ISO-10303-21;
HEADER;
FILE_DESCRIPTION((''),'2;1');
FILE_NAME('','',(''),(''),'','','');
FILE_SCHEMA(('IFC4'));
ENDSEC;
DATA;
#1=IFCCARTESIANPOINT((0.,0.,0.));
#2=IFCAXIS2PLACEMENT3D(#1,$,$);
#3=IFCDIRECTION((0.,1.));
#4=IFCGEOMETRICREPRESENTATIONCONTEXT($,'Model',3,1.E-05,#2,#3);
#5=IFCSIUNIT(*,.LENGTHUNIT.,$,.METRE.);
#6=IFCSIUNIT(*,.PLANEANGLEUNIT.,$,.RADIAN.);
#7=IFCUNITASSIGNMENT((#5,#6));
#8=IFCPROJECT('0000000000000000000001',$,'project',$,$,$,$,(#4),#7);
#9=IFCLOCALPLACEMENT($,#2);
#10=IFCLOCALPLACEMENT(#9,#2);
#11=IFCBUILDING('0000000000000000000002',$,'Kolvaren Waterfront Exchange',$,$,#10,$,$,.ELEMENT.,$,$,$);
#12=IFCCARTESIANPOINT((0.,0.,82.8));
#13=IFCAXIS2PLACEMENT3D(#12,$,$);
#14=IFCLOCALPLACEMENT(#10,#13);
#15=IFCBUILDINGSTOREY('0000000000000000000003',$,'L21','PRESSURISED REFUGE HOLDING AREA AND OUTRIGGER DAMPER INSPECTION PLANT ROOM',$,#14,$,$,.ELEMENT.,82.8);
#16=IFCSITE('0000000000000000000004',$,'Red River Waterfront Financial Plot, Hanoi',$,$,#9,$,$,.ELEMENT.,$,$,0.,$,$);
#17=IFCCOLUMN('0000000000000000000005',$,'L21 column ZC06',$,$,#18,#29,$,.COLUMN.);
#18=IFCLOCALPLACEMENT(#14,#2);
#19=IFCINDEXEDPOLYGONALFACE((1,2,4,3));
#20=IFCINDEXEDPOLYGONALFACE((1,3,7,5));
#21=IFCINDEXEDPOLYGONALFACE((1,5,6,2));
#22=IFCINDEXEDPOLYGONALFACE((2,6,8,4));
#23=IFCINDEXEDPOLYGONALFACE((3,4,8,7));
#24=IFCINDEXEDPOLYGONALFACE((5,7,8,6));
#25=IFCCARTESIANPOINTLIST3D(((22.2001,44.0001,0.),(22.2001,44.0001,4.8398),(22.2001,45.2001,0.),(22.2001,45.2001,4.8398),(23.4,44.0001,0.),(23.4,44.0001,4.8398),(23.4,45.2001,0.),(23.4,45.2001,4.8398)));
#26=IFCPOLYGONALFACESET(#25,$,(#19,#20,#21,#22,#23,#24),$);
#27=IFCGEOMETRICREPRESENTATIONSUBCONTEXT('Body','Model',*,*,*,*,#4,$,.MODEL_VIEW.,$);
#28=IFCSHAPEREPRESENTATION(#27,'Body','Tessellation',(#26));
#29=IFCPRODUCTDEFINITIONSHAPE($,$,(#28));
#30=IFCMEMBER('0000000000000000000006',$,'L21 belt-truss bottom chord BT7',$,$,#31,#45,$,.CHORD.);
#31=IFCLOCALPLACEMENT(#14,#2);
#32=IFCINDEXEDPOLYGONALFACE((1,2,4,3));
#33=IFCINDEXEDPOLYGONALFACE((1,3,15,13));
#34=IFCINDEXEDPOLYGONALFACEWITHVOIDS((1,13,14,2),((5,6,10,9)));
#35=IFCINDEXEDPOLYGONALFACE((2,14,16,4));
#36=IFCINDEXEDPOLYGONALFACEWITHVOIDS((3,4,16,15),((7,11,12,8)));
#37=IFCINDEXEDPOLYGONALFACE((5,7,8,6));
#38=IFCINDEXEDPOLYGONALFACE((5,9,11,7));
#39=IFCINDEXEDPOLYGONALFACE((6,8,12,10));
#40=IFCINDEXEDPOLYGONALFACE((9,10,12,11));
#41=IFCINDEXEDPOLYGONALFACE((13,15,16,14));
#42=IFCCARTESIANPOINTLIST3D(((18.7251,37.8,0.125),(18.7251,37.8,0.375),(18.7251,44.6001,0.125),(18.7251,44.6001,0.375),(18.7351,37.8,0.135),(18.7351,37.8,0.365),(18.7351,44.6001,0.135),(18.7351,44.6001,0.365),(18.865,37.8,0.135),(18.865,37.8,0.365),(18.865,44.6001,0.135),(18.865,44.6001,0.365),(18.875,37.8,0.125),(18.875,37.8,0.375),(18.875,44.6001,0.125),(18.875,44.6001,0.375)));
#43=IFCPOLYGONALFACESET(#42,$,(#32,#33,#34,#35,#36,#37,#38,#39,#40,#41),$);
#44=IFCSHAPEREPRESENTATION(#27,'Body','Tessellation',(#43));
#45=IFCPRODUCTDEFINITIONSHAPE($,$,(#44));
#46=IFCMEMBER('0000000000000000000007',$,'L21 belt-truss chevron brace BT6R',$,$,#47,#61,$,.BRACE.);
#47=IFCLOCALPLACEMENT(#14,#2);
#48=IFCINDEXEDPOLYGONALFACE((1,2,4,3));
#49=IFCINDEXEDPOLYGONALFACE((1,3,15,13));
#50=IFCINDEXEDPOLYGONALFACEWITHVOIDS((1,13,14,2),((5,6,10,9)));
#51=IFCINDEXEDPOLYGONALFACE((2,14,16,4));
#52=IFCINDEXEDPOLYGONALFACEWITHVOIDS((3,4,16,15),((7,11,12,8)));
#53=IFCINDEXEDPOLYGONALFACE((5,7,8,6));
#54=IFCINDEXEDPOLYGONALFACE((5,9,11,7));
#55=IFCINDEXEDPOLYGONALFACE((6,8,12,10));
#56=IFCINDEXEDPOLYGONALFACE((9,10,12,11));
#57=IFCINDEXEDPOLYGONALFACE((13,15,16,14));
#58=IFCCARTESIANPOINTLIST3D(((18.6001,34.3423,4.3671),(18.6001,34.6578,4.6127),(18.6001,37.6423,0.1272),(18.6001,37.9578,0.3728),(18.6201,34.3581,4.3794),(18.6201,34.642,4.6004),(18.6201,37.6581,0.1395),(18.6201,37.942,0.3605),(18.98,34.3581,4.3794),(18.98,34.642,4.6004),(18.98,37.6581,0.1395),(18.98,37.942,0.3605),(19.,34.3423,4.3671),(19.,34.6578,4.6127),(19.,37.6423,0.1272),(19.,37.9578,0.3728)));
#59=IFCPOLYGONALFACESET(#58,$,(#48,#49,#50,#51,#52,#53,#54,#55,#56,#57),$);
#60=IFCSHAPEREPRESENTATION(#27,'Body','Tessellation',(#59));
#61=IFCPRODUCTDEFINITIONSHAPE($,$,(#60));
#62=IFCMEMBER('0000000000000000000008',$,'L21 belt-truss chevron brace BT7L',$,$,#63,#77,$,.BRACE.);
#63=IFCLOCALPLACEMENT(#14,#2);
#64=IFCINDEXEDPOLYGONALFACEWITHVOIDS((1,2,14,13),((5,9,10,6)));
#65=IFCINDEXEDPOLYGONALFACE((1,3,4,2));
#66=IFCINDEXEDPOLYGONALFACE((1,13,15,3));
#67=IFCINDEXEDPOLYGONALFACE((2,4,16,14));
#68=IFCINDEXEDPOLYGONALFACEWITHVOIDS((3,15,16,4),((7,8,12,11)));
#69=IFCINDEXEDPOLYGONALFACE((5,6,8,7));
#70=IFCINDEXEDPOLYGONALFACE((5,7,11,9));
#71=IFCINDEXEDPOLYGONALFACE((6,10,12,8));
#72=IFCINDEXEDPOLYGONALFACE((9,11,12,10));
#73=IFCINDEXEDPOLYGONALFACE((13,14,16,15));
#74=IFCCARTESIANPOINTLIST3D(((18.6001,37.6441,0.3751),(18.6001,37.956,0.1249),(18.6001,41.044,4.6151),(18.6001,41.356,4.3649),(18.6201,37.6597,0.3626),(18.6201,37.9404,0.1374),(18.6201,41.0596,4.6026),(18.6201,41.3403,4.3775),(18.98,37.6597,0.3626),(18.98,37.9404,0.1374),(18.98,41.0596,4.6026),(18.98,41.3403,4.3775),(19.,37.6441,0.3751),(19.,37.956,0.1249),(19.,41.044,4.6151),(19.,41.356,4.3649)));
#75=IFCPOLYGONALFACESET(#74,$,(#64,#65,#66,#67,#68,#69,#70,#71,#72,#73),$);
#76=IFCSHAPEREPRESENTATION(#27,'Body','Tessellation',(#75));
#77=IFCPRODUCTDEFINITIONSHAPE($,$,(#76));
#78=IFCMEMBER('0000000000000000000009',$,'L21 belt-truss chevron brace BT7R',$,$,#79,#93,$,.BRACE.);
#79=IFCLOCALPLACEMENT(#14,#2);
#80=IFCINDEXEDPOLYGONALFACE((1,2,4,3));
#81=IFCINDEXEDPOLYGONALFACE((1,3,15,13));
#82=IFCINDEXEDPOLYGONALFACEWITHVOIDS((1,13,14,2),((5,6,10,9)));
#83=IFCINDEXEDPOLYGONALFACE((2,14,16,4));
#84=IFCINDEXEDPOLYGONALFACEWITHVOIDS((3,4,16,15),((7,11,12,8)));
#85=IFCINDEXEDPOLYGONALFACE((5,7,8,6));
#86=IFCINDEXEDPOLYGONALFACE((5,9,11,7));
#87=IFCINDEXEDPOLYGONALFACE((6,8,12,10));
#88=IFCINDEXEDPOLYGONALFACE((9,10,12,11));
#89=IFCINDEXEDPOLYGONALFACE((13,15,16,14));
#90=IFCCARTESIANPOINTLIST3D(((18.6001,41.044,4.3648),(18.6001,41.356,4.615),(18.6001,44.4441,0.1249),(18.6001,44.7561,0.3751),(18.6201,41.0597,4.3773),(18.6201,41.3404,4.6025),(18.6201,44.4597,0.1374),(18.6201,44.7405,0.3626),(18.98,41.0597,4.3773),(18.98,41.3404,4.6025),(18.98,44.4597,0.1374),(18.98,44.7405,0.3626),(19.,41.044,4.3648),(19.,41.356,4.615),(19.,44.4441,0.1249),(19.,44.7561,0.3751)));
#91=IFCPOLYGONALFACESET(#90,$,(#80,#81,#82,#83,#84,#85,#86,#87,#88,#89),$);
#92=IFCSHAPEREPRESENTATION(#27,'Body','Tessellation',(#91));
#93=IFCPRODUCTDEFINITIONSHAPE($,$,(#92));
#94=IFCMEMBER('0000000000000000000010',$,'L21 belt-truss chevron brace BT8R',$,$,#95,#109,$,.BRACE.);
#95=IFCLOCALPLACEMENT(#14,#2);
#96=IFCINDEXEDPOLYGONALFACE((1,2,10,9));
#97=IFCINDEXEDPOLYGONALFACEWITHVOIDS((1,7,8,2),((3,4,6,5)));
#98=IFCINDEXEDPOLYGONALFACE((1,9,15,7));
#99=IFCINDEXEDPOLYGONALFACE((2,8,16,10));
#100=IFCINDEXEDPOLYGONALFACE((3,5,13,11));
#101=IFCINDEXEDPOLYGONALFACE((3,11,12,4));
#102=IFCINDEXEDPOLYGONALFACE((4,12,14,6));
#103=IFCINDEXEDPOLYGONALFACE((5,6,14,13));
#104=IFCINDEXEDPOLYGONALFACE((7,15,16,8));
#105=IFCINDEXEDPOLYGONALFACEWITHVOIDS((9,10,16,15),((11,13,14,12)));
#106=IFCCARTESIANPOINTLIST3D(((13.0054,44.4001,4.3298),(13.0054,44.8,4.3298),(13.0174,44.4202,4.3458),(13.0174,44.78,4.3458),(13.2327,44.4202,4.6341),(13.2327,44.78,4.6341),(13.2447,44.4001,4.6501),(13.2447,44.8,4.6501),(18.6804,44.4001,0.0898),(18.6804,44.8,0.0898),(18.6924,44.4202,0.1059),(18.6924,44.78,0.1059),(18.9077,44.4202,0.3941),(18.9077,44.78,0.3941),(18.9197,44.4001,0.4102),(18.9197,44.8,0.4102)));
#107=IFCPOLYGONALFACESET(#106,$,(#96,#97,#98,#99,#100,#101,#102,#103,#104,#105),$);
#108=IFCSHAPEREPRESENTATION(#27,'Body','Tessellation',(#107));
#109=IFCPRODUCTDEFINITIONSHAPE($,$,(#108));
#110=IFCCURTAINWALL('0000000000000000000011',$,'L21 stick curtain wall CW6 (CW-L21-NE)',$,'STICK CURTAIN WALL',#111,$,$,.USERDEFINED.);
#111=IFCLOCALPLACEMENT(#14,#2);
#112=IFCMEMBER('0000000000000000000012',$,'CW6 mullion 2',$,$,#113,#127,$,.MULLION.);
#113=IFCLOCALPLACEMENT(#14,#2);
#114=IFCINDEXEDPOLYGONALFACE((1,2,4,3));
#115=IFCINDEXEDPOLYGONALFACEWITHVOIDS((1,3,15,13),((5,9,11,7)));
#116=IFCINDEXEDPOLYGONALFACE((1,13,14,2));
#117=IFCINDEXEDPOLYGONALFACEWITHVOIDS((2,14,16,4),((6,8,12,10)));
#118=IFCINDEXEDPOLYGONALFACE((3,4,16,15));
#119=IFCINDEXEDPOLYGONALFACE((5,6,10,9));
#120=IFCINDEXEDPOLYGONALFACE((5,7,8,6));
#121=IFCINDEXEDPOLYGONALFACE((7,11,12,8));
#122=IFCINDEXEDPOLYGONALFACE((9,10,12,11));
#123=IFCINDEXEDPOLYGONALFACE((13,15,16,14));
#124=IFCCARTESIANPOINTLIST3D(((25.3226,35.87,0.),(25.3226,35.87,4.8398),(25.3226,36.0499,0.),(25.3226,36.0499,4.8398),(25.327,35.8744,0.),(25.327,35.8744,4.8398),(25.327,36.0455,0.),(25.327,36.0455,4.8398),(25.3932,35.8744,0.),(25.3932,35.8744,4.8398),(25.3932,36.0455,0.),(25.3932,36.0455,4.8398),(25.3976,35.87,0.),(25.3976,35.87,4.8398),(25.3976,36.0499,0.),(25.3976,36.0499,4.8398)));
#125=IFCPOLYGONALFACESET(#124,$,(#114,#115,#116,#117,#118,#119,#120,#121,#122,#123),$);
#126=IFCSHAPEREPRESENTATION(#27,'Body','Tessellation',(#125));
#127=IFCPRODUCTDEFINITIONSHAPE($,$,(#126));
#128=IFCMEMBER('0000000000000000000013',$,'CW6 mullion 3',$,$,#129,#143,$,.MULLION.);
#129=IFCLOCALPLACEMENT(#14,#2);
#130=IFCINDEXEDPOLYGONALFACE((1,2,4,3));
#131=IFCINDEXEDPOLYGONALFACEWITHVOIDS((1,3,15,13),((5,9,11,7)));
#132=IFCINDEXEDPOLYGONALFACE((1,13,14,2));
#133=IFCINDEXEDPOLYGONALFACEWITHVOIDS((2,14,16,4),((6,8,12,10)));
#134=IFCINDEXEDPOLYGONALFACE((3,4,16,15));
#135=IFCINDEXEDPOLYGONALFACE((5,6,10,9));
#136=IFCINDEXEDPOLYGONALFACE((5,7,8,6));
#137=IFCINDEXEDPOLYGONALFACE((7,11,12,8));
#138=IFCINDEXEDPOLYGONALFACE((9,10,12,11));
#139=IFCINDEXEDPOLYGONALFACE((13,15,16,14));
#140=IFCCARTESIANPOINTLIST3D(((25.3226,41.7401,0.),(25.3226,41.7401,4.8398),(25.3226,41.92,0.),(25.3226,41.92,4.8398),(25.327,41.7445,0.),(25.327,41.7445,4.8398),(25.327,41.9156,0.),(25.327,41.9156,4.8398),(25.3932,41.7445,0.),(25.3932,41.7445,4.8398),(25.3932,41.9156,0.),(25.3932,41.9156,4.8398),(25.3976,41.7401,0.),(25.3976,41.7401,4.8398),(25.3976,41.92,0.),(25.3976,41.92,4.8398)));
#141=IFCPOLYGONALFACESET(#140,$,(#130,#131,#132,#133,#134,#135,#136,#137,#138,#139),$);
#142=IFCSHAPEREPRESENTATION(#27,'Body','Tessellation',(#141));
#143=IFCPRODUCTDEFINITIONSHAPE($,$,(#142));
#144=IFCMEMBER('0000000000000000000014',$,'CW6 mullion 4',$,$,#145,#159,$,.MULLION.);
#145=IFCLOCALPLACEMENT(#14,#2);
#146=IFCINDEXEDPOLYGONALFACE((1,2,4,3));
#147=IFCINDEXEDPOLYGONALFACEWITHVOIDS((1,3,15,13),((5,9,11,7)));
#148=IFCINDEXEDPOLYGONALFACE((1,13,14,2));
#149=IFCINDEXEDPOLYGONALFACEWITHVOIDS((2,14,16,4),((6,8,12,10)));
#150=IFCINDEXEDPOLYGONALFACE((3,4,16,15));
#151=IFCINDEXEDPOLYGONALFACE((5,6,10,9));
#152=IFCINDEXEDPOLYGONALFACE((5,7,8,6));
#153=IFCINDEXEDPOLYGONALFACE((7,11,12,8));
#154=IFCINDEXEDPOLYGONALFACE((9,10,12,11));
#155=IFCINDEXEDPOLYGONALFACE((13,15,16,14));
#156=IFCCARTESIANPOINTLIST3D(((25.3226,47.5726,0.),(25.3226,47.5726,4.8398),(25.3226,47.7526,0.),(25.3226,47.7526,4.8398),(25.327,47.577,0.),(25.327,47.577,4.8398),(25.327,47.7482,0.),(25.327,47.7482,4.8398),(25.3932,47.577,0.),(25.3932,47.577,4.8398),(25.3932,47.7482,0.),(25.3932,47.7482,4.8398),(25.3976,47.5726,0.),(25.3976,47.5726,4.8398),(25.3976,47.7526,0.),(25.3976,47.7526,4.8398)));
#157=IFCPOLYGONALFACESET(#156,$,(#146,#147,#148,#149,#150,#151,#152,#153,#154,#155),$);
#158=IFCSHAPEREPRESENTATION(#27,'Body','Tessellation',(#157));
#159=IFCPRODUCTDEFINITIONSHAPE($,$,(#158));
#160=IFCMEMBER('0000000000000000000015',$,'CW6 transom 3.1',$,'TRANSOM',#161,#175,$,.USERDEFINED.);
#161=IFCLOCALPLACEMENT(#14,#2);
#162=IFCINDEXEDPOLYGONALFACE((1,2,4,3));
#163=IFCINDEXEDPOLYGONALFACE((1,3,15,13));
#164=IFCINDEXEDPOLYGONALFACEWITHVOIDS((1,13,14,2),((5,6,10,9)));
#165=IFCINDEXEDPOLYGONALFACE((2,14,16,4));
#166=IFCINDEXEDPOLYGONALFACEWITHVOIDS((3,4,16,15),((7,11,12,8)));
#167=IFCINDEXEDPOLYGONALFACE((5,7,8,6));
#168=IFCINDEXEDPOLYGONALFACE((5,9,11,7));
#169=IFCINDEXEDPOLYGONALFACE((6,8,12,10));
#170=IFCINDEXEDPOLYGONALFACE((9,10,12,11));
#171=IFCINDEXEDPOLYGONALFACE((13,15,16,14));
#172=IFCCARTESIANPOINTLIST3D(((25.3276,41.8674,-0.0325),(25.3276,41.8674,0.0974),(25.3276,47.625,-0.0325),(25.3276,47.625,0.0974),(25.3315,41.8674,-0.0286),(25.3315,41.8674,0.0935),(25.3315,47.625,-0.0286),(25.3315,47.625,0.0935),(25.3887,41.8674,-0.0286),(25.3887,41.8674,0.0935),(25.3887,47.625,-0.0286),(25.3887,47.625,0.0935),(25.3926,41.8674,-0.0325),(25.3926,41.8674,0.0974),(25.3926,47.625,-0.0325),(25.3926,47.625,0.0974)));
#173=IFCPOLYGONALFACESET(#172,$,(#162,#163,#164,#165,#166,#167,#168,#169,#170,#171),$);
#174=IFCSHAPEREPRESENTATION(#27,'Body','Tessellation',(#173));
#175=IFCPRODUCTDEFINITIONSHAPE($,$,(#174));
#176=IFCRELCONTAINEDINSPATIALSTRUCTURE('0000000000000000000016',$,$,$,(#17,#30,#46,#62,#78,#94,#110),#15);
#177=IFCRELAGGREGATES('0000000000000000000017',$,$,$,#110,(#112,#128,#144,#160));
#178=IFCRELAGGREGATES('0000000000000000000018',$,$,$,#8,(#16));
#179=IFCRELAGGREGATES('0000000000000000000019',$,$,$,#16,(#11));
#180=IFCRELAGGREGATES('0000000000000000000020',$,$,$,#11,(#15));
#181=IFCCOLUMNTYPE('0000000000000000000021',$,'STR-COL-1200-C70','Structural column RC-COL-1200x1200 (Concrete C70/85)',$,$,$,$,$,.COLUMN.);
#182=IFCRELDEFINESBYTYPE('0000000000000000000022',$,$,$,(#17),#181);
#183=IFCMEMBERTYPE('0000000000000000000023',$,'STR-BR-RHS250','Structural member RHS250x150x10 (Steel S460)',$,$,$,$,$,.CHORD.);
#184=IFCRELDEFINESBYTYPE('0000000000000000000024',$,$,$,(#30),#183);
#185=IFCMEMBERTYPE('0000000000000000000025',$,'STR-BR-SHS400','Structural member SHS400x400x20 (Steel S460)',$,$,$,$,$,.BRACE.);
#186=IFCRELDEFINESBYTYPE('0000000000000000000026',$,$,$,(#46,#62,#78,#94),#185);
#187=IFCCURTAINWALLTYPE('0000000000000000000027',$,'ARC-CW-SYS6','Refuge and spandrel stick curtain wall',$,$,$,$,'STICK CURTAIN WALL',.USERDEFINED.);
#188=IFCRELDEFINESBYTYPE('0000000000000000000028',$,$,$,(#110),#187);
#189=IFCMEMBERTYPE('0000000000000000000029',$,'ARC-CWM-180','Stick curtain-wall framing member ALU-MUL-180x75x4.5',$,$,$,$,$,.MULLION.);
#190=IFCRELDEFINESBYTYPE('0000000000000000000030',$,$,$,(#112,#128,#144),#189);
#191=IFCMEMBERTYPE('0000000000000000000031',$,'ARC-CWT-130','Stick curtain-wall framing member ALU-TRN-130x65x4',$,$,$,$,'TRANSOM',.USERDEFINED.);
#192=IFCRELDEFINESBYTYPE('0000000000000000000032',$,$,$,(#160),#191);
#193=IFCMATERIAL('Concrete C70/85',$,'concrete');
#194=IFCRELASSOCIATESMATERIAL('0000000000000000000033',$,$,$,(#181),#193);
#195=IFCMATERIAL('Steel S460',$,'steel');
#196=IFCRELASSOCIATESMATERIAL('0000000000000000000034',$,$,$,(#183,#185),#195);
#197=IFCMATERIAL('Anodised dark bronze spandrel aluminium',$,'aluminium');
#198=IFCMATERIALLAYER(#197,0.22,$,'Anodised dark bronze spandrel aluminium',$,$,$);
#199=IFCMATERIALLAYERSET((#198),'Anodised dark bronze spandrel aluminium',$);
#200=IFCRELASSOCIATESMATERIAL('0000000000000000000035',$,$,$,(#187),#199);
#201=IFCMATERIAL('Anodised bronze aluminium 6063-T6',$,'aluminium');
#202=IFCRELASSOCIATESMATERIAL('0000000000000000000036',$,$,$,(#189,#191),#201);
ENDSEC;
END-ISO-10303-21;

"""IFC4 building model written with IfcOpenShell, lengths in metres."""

from ifc_helpers import new_model, si_unit, direction, frame, origin, origin_with_axes, origin_2d, place, context, subcontext, project, spatial, rectangle, hollow_rectangle, extrude, source, transform, mapped, material, layer, layer_set, material_profile, profile_set, type_object, element, aggregate, save


model = new_model("IFC4")

# Units and contexts
model_context = context("Model", 3, precision=1e-05, world=origin(), true_north=direction((0.0, 1.0)))
body_context = subcontext(model_context, "Body", "Model", "MODEL_VIEW")
ifc_project = project(units=[si_unit("LENGTHUNIT", "METRE"), si_unit("PLANEANGLEUNIT", "RADIAN")], contexts=[model_context])

# Site, building, storey
site_placement = place(None, origin())
site = spatial("IfcSite", under=ifc_project, at=site_placement, Name="Red River Waterfront Financial Plot, Hanoi", CompositionType="ELEMENT", RefElevation=0.0)
building_placement = place(site_placement, origin())
building = spatial("IfcBuilding", under=site, at=building_placement, Name="Kolvaren Waterfront Exchange", CompositionType="ELEMENT")
storey_placement = place(building_placement, frame((0.0, 0.0, 82.8)))
storey = spatial("IfcBuildingStorey", under=building, at=storey_placement, Name="L21", Description="PRESSURISED REFUGE HOLDING AREA AND OUTRIGGER DAMPER INSPECTION PLANT ROOM", CompositionType="ELEMENT", Elevation=82.8)

# Column
ifc_material_1 = material(Name="Concrete C70/85", Category="concrete")
ifc_material_profile_1 = material_profile(ifc_material_1, rectangle(XDim=1.2, YDim=1.2, at=origin_2d()), Name="RC-COL-1200x1200")
ifc_profile_set_1 = profile_set([ifc_material_profile_1], Name="Concrete C70/85")
column_type = type_object("IfcColumnType", Name="STR-COL-1200-C70", Description="Structural column RC-COL-1200x1200 (Concrete C70/85)", PredefinedType="COLUMN", material=ifc_profile_set_1)
column_placement = place(storey_placement, frame((22.8, 44.6001, 0.0), z_axis=(0.0, 0.0, 1.0), x_axis=(1.0, 0.0, 0.0)))
element("IfcColumn", 1, at=column_placement, inside=storey, type_object=column_type, Name="L21 column ZC06", PredefinedType="COLUMN", context=body_context, shape_type="SweptSolid", body=[
    extrude(rectangle(XDim=1.2, YDim=1.2, at=origin_2d()), origin(), (0.0, 0.0, 1.0), 4.8398),
])

# Members
ifc_material_2 = material(Name="Steel S460", Category="steel")
ifc_material_profile_2 = material_profile(ifc_material_2, hollow_rectangle(XDim=0.1499, YDim=0.25, WallThickness=0.01, at=origin_2d()), Name="RHS250x150x10")
ifc_profile_set_2 = profile_set([ifc_material_profile_2], Name="Steel S460")
member_type_1 = type_object("IfcMemberType", Name="STR-BR-RHS250", Description="Structural member RHS250x150x10 (Steel S460)", PredefinedType="CHORD", material=ifc_profile_set_2)
member_1_placement = place(storey_placement, frame((18.8, 37.8, 0.25), z_axis=(0.0, 1.0, 0.0), x_axis=(-1.0, 0.0, 0.0)))
element("IfcMember", 2, at=member_1_placement, inside=storey, type_object=member_type_1, Name="L21 belt-truss bottom chord BT7", PredefinedType="CHORD", context=body_context, shape_type="SweptSolid", body=[
    extrude(hollow_rectangle(XDim=0.1499, YDim=0.25, WallThickness=0.01, at=origin_2d()), origin(), (0.0, 0.0, 1.0), 6.8),
])
ifc_material_profile_3 = material_profile(ifc_material_2, hollow_rectangle(XDim=0.3999, YDim=0.3999, WallThickness=0.02, at=origin_2d()), Name="SHS400x400x20")
ifc_profile_set_3 = profile_set([ifc_material_profile_3], Name="Steel S460")
member_type_2 = type_object("IfcMemberType", Name="STR-BR-SHS400", Description="Structural member SHS400x400x20 (Steel S460)", PredefinedType="BRACE", material=ifc_profile_set_3)
member_2_placement = place(storey_placement, frame((18.8, 37.8, 0.25), z_axis=(0.0, -0.614205, 0.789147), x_axis=(1.0, 0.0, 0.0)))
element("IfcMember", 3, at=member_2_placement, inside=storey, type_object=member_type_2, Name="L21 belt-truss chevron brace BT6R", PredefinedType="BRACE", context=body_context, shape_type="SweptSolid", body=[
    extrude(hollow_rectangle(XDim=0.3999, YDim=0.3999, WallThickness=0.02, at=origin_2d()), origin(), (0.0, 0.0, 1.0), 5.3728),
])
for number, where, z_axis, x_axis, name in (
    (4, (18.8, 37.8, 0.25), (0.0, 0.625582, 0.780158), (-1.0, 0.0, 0.0), "L21 belt-truss chevron brace BT7L"),
    (5, (18.8, 44.6001, 0.25), (0.0, -0.625609, 0.780136), (1.0, 0.0, 0.0), "L21 belt-truss chevron brace BT7R"),
):
    element("IfcMember", number, at=place(storey_placement, frame(where, z_axis=z_axis, x_axis=x_axis)), inside=storey, type_object=member_type_2, Name=name, PredefinedType="BRACE", context=body_context, shape_type="SweptSolid", body=[
        extrude(hollow_rectangle(XDim=0.3999, YDim=0.3999, WallThickness=0.02, at=origin_2d()), origin(), (0.0, 0.0, 1.0), 5.4348),
    ])
member_3_placement = place(storey_placement, frame((18.8, 44.6001, 0.25), z_axis=(-0.801103, 0.0, 0.598527), x_axis=(0.0, -1.0, 0.0)))
element("IfcMember", 6, at=member_3_placement, inside=storey, type_object=member_type_2, Name="L21 belt-truss chevron brace BT8R", PredefinedType="BRACE", context=body_context, shape_type="SweptSolid", body=[
    extrude(hollow_rectangle(XDim=0.3999, YDim=0.3999, WallThickness=0.02, at=origin_2d()), origin(), (0.0, 0.0, 1.0), 7.084),
])

# Curtain wall, members
ifc_material_3 = material(Name="Anodised dark bronze spandrel aluminium", Category="aluminium")
ifc_layer_1 = layer(ifc_material_3, 0.22, Name="Anodised dark bronze spandrel aluminium")
ifc_layer_set_1 = layer_set([ifc_layer_1], Name="Anodised dark bronze spandrel aluminium")
curtain_wall_type = type_object("IfcCurtainWallType", Name="ARC-CW-SYS6", Description="Refuge and spandrel stick curtain wall", ElementType="STICK CURTAIN WALL", PredefinedType="USERDEFINED", material=ifc_layer_set_1)
curtain_wall_placement = place(storey_placement, origin())
curtain_wall = element("IfcCurtainWall", 7, at=curtain_wall_placement, inside=storey, type_object=curtain_wall_type, Name="L21 stick curtain wall CW6 (CW-L21-NE)", ObjectType="STICK CURTAIN WALL", PredefinedType="USERDEFINED")
ifc_material_4 = material(Name="Anodised bronze aluminium 6063-T6", Category="aluminium")
ifc_material_profile_4 = material_profile(ifc_material_4, hollow_rectangle(XDim=0.075, YDim=0.1799, WallThickness=0.0044, at=origin_2d()), Name="ALU-MUL-180x75x4.5")
ifc_profile_set_4 = profile_set([ifc_material_profile_4], Name="Anodised bronze aluminium 6063-T6")
member_type_3 = type_object("IfcMemberType", Name="ARC-CWM-180", Description="Stick curtain-wall framing member ALU-MUL-180x75x4.5", PredefinedType="MULLION", material=ifc_profile_set_4)
shared_shape_1 = source(origin_with_axes(), body_context, "Body", "SweptSolid", [
    extrude(hollow_rectangle(XDim=0.075, YDim=0.1799, WallThickness=0.0044, at=origin_2d()), origin(), (0.0, 0.0, 1.0), 4.8398),
])
member_4_placement = place(storey_placement, frame((25.3601, 35.96, 0.0), z_axis=(0.0, 0.0, 1.0), x_axis=(-1.0, 0.0, 0.0)))
member_4 = element("IfcMember", 8, at=member_4_placement, type_object=member_type_3, Name="CW6 mullion 2", PredefinedType="MULLION", context=body_context, shape_type="MappedRepresentation", body=[
    mapped(shared_shape_1, transform((0.0, 0.0, 0.0), x_axis=(1.0, 0.0, 0.0), y_axis=(0.0, 1.0, 0.0), z_axis=(0.0, 0.0, 1.0), scale=1.0)),
])
member_5_placement = place(storey_placement, frame((25.3601, 41.8301, 0.0), z_axis=(0.0, 0.0, 1.0), x_axis=(-1.0, 0.0, 0.0)))
member_5 = element("IfcMember", 9, at=member_5_placement, type_object=member_type_3, Name="CW6 mullion 3", PredefinedType="MULLION", context=body_context, shape_type="MappedRepresentation", body=[
    mapped(shared_shape_1, transform((0.0, 0.0, 0.0), x_axis=(1.0, 0.0, 0.0), y_axis=(0.0, 1.0, 0.0), z_axis=(0.0, 0.0, 1.0), scale=1.0)),
])
member_6_placement = place(storey_placement, frame((25.3601, 47.6626, 0.0), z_axis=(0.0, 0.0, 1.0), x_axis=(-1.0, 0.0, 0.0)))
member_6 = element("IfcMember", 10, at=member_6_placement, type_object=member_type_3, Name="CW6 mullion 4", PredefinedType="MULLION", context=body_context, shape_type="MappedRepresentation", body=[
    mapped(shared_shape_1, transform((0.0, 0.0, 0.0), x_axis=(1.0, 0.0, 0.0), y_axis=(0.0, 1.0, 0.0), z_axis=(0.0, 0.0, 1.0), scale=1.0)),
])
ifc_material_profile_5 = material_profile(ifc_material_4, hollow_rectangle(XDim=0.0649, YDim=0.1299, WallThickness=0.0039, at=origin_2d()), Name="ALU-TRN-130x65x4")
ifc_profile_set_5 = profile_set([ifc_material_profile_5], Name="Anodised bronze aluminium 6063-T6")
member_type_4 = type_object("IfcMemberType", Name="ARC-CWT-130", Description="Stick curtain-wall framing member ALU-TRN-130x65x4", ElementType="TRANSOM", PredefinedType="USERDEFINED", material=ifc_profile_set_5)
shared_shape_2 = source(origin_with_axes(), body_context, "Body", "SweptSolid", [
    extrude(hollow_rectangle(XDim=0.0649, YDim=0.1299, WallThickness=0.0039, at=origin_2d()), origin(), (0.0, 0.0, 1.0), 5.7576),
])
member_7_placement = place(storey_placement, frame((25.3601, 41.8674, 0.0325), z_axis=(0.0, 1.0, 0.0), x_axis=(-1.0, 0.0, 0.0)))
member_7 = element("IfcMember", 11, at=member_7_placement, type_object=member_type_4, Name="CW6 transom 3.1", ObjectType="TRANSOM", PredefinedType="USERDEFINED", context=body_context, shape_type="MappedRepresentation", body=[
    mapped(shared_shape_2, transform((0.0, 0.0, 0.0), x_axis=(1.0, 0.0, 0.0), y_axis=(0.0, 1.0, 0.0), z_axis=(0.0, 0.0, 1.0), scale=1.0)),
])

aggregate(curtain_wall, [member_4, member_5, member_6, member_7])

save(model, "model.ifc")
